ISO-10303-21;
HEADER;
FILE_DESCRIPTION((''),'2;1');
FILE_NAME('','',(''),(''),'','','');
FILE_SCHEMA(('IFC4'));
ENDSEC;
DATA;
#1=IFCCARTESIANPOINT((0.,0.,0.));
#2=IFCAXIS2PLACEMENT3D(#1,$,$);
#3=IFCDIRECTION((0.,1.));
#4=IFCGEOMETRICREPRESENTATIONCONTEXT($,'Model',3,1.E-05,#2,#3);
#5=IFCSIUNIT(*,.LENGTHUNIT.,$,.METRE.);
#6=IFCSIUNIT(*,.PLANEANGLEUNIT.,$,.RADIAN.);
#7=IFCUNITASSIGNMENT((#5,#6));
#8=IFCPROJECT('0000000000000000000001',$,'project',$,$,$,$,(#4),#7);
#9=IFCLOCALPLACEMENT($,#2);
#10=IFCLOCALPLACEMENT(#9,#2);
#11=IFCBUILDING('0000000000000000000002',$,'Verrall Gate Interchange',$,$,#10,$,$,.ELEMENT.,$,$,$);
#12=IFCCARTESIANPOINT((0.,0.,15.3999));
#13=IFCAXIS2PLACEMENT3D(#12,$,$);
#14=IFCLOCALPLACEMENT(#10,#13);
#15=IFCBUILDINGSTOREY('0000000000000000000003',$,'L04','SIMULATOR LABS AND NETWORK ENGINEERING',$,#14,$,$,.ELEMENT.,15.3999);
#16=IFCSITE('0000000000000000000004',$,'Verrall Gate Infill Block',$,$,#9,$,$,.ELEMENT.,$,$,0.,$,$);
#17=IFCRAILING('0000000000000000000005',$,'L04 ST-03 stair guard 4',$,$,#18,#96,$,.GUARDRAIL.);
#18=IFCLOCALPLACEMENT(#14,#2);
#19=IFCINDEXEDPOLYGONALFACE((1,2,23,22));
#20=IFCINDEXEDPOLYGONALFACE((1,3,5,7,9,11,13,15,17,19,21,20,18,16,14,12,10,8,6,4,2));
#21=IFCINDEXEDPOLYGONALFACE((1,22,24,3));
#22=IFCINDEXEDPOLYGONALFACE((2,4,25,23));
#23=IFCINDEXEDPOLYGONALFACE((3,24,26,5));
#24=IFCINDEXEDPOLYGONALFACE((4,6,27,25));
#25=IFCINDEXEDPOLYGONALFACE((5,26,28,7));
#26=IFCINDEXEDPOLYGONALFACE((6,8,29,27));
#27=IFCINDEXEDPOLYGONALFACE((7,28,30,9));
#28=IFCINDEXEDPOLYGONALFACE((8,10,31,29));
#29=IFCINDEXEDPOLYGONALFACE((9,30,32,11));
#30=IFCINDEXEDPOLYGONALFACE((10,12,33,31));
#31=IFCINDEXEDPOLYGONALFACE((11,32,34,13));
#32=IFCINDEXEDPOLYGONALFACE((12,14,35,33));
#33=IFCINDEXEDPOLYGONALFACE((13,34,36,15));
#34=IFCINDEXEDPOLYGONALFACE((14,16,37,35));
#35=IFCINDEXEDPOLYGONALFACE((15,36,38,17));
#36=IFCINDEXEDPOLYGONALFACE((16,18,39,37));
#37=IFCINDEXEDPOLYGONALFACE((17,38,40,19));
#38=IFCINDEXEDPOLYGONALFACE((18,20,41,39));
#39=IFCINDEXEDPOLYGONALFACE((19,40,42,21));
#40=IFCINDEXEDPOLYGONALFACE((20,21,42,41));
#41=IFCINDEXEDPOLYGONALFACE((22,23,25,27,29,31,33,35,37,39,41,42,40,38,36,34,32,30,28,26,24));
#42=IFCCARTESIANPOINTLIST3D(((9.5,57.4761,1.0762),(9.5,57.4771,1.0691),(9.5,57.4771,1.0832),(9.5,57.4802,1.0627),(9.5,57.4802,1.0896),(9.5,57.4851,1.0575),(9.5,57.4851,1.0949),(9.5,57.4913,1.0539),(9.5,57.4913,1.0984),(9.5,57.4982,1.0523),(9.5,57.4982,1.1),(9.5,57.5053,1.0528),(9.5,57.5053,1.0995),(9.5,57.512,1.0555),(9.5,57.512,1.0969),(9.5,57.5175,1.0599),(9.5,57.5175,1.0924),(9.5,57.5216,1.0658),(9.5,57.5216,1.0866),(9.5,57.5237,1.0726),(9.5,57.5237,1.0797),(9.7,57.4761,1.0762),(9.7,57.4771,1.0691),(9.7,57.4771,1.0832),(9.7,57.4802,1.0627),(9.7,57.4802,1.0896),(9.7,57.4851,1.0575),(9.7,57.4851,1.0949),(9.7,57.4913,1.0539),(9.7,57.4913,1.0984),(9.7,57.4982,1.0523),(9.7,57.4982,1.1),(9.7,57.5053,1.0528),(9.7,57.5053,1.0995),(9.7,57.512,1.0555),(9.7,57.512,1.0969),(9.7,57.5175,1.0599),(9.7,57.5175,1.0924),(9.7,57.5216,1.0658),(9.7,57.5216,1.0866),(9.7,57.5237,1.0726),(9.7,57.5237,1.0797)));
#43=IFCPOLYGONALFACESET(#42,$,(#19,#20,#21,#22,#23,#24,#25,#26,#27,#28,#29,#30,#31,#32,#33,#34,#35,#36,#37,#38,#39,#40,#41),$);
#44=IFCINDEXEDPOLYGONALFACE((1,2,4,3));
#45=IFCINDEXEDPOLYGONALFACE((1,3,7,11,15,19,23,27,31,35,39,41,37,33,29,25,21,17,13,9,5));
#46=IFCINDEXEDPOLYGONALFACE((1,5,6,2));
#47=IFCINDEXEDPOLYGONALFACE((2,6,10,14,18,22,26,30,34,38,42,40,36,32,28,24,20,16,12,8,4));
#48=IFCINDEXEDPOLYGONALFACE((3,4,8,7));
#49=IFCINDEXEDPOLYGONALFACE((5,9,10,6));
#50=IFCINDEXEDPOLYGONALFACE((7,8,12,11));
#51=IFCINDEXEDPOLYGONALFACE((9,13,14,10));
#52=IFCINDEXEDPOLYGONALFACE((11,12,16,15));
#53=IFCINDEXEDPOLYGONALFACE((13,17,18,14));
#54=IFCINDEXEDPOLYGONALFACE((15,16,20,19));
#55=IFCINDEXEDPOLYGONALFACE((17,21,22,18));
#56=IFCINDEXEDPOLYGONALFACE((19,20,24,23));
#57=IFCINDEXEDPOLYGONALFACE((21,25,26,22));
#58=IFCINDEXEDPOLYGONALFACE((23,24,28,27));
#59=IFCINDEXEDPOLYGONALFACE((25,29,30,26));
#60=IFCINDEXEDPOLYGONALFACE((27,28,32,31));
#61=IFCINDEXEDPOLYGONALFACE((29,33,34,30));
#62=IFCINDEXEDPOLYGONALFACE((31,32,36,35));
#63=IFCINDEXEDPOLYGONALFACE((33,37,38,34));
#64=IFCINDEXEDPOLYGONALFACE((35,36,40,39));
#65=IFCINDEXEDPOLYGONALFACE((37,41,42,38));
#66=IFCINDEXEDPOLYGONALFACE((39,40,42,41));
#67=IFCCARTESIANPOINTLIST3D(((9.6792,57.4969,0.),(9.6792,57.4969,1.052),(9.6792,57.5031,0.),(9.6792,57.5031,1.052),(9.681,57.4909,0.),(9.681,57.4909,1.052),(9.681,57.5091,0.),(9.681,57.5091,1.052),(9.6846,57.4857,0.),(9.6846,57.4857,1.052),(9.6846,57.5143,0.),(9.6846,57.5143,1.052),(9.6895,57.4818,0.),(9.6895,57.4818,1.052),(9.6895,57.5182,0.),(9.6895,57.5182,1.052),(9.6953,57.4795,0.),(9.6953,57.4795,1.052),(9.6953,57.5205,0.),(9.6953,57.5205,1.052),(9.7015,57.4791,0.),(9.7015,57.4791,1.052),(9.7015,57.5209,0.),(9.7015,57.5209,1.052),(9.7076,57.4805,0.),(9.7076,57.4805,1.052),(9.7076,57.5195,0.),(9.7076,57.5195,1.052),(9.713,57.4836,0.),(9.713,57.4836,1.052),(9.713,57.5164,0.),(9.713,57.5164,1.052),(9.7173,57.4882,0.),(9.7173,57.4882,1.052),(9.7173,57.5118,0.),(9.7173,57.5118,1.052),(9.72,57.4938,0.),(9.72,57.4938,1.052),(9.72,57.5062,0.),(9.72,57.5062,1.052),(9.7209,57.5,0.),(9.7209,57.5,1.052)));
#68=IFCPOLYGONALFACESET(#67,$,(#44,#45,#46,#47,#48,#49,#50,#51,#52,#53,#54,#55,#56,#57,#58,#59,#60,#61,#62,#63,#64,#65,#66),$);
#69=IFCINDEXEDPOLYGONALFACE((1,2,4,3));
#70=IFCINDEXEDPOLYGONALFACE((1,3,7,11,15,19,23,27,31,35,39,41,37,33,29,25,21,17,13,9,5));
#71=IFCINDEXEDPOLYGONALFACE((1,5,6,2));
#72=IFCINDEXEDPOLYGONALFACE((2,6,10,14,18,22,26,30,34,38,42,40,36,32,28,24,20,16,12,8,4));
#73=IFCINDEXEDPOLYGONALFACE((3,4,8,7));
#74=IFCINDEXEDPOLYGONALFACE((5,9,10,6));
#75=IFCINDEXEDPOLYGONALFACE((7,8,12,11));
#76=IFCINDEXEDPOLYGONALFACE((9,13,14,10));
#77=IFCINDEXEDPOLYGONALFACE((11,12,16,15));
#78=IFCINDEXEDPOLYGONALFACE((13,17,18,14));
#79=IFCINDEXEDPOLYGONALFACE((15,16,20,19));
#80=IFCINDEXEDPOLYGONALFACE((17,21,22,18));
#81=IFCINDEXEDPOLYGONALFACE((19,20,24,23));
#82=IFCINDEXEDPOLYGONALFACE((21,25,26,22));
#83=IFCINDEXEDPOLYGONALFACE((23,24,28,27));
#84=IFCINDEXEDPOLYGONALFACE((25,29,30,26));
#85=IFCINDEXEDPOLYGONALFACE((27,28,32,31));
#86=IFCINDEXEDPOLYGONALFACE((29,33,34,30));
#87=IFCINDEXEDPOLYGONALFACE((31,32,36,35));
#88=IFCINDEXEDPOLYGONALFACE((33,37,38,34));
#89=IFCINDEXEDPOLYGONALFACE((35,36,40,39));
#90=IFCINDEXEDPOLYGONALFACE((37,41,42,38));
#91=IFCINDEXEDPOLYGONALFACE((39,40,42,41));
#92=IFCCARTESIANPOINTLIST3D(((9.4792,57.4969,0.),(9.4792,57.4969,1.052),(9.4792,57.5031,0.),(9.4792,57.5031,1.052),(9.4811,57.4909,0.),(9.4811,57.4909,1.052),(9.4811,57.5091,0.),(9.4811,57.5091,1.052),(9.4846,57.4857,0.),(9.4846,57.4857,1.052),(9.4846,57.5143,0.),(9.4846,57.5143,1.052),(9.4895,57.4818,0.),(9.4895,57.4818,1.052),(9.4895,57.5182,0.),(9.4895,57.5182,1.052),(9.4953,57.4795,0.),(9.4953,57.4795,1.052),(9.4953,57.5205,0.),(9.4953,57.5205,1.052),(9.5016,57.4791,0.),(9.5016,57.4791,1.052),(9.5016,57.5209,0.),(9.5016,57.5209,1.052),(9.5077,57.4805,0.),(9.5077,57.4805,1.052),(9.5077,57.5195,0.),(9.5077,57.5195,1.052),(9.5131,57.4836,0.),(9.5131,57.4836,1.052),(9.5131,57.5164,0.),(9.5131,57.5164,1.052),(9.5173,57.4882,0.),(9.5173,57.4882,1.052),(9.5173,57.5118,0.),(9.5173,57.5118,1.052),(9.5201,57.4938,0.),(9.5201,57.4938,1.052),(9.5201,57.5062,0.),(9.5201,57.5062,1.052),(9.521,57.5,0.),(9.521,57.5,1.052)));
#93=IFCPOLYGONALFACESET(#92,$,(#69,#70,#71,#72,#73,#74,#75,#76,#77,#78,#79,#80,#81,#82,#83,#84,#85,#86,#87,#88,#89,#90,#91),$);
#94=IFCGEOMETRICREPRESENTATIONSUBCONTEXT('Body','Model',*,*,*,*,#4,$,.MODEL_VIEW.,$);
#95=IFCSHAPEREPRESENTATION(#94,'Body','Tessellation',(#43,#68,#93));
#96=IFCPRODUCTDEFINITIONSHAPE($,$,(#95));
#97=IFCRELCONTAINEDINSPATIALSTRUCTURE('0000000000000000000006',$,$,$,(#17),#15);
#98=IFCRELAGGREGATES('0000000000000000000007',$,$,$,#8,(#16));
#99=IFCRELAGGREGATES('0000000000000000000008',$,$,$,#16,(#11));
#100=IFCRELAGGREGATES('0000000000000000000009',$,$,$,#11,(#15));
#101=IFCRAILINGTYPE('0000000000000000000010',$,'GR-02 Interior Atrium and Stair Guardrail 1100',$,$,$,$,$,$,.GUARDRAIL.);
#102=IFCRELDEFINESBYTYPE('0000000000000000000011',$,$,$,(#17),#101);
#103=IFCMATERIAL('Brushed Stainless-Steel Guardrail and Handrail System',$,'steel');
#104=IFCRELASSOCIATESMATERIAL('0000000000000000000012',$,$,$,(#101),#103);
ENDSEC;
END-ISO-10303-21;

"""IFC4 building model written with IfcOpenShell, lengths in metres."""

from ifc_helpers import new_model, si_unit, direction, frame, origin, origin_2d, place, context, subcontext, project, spatial, circle, extrude, material, type_object, element, save


model = new_model("IFC4")

# Units and contexts
model_context = context("Model", 3, precision=1e-05, world=origin(), true_north=direction((0.0, 1.0)))
body_context = subcontext(model_context, "Body", "Model", "MODEL_VIEW")
ifc_project = project(units=[si_unit("LENGTHUNIT", "METRE"), si_unit("PLANEANGLEUNIT", "RADIAN")], contexts=[model_context])

# Site, building, storey
site_placement = place(None, origin())
site = spatial("IfcSite", under=ifc_project, at=site_placement, Name="Verrall Gate Infill Block", CompositionType="ELEMENT", RefElevation=0.0)
building_placement = place(site_placement, origin())
building = spatial("IfcBuilding", under=site, at=building_placement, Name="Verrall Gate Interchange", CompositionType="ELEMENT")
storey_placement = place(building_placement, frame((0.0, 0.0, 15.3999)))
storey = spatial("IfcBuildingStorey", under=building, at=storey_placement, Name="L04", Description="SIMULATOR LABS AND NETWORK ENGINEERING", CompositionType="ELEMENT", Elevation=15.3999)

# Railing
ifc_material_1 = material(Name="Brushed Stainless-Steel Guardrail and Handrail System", Category="steel")
railing_type_1 = type_object("IfcRailingType", Name="GR-02 Interior Atrium and Stair Guardrail 1100", PredefinedType="GUARDRAIL", material=ifc_material_1)
railing_1_placement = place(storey_placement, frame((9.7, 57.5, 0.0)))
element("IfcRailing", 1, at=railing_1_placement, inside=storey, type_object=railing_type_1, Name="L04 ST-03 stair guard 4", PredefinedType="GUARDRAIL", context=body_context, shape_type="SweptSolid", body=[
    extrude(circle(Radius=0.0239, at=origin_2d()), frame((0.0, 0.0, 1.0762), z_axis=(-1.0, 0.0, 0.0), x_axis=(0.0, -1.0, 0.0)), (0.0, 0.0, 1.0), 0.2),
    extrude(circle(Radius=0.021, at=origin_2d()), origin(), (0.0, 0.0, 1.0), 1.052),
    extrude(circle(Radius=0.021, at=origin_2d()), frame((-0.2, 0.0, 0.0)), (0.0, 0.0, 1.0), 1.052),
])

save(model, "model.ifc")
